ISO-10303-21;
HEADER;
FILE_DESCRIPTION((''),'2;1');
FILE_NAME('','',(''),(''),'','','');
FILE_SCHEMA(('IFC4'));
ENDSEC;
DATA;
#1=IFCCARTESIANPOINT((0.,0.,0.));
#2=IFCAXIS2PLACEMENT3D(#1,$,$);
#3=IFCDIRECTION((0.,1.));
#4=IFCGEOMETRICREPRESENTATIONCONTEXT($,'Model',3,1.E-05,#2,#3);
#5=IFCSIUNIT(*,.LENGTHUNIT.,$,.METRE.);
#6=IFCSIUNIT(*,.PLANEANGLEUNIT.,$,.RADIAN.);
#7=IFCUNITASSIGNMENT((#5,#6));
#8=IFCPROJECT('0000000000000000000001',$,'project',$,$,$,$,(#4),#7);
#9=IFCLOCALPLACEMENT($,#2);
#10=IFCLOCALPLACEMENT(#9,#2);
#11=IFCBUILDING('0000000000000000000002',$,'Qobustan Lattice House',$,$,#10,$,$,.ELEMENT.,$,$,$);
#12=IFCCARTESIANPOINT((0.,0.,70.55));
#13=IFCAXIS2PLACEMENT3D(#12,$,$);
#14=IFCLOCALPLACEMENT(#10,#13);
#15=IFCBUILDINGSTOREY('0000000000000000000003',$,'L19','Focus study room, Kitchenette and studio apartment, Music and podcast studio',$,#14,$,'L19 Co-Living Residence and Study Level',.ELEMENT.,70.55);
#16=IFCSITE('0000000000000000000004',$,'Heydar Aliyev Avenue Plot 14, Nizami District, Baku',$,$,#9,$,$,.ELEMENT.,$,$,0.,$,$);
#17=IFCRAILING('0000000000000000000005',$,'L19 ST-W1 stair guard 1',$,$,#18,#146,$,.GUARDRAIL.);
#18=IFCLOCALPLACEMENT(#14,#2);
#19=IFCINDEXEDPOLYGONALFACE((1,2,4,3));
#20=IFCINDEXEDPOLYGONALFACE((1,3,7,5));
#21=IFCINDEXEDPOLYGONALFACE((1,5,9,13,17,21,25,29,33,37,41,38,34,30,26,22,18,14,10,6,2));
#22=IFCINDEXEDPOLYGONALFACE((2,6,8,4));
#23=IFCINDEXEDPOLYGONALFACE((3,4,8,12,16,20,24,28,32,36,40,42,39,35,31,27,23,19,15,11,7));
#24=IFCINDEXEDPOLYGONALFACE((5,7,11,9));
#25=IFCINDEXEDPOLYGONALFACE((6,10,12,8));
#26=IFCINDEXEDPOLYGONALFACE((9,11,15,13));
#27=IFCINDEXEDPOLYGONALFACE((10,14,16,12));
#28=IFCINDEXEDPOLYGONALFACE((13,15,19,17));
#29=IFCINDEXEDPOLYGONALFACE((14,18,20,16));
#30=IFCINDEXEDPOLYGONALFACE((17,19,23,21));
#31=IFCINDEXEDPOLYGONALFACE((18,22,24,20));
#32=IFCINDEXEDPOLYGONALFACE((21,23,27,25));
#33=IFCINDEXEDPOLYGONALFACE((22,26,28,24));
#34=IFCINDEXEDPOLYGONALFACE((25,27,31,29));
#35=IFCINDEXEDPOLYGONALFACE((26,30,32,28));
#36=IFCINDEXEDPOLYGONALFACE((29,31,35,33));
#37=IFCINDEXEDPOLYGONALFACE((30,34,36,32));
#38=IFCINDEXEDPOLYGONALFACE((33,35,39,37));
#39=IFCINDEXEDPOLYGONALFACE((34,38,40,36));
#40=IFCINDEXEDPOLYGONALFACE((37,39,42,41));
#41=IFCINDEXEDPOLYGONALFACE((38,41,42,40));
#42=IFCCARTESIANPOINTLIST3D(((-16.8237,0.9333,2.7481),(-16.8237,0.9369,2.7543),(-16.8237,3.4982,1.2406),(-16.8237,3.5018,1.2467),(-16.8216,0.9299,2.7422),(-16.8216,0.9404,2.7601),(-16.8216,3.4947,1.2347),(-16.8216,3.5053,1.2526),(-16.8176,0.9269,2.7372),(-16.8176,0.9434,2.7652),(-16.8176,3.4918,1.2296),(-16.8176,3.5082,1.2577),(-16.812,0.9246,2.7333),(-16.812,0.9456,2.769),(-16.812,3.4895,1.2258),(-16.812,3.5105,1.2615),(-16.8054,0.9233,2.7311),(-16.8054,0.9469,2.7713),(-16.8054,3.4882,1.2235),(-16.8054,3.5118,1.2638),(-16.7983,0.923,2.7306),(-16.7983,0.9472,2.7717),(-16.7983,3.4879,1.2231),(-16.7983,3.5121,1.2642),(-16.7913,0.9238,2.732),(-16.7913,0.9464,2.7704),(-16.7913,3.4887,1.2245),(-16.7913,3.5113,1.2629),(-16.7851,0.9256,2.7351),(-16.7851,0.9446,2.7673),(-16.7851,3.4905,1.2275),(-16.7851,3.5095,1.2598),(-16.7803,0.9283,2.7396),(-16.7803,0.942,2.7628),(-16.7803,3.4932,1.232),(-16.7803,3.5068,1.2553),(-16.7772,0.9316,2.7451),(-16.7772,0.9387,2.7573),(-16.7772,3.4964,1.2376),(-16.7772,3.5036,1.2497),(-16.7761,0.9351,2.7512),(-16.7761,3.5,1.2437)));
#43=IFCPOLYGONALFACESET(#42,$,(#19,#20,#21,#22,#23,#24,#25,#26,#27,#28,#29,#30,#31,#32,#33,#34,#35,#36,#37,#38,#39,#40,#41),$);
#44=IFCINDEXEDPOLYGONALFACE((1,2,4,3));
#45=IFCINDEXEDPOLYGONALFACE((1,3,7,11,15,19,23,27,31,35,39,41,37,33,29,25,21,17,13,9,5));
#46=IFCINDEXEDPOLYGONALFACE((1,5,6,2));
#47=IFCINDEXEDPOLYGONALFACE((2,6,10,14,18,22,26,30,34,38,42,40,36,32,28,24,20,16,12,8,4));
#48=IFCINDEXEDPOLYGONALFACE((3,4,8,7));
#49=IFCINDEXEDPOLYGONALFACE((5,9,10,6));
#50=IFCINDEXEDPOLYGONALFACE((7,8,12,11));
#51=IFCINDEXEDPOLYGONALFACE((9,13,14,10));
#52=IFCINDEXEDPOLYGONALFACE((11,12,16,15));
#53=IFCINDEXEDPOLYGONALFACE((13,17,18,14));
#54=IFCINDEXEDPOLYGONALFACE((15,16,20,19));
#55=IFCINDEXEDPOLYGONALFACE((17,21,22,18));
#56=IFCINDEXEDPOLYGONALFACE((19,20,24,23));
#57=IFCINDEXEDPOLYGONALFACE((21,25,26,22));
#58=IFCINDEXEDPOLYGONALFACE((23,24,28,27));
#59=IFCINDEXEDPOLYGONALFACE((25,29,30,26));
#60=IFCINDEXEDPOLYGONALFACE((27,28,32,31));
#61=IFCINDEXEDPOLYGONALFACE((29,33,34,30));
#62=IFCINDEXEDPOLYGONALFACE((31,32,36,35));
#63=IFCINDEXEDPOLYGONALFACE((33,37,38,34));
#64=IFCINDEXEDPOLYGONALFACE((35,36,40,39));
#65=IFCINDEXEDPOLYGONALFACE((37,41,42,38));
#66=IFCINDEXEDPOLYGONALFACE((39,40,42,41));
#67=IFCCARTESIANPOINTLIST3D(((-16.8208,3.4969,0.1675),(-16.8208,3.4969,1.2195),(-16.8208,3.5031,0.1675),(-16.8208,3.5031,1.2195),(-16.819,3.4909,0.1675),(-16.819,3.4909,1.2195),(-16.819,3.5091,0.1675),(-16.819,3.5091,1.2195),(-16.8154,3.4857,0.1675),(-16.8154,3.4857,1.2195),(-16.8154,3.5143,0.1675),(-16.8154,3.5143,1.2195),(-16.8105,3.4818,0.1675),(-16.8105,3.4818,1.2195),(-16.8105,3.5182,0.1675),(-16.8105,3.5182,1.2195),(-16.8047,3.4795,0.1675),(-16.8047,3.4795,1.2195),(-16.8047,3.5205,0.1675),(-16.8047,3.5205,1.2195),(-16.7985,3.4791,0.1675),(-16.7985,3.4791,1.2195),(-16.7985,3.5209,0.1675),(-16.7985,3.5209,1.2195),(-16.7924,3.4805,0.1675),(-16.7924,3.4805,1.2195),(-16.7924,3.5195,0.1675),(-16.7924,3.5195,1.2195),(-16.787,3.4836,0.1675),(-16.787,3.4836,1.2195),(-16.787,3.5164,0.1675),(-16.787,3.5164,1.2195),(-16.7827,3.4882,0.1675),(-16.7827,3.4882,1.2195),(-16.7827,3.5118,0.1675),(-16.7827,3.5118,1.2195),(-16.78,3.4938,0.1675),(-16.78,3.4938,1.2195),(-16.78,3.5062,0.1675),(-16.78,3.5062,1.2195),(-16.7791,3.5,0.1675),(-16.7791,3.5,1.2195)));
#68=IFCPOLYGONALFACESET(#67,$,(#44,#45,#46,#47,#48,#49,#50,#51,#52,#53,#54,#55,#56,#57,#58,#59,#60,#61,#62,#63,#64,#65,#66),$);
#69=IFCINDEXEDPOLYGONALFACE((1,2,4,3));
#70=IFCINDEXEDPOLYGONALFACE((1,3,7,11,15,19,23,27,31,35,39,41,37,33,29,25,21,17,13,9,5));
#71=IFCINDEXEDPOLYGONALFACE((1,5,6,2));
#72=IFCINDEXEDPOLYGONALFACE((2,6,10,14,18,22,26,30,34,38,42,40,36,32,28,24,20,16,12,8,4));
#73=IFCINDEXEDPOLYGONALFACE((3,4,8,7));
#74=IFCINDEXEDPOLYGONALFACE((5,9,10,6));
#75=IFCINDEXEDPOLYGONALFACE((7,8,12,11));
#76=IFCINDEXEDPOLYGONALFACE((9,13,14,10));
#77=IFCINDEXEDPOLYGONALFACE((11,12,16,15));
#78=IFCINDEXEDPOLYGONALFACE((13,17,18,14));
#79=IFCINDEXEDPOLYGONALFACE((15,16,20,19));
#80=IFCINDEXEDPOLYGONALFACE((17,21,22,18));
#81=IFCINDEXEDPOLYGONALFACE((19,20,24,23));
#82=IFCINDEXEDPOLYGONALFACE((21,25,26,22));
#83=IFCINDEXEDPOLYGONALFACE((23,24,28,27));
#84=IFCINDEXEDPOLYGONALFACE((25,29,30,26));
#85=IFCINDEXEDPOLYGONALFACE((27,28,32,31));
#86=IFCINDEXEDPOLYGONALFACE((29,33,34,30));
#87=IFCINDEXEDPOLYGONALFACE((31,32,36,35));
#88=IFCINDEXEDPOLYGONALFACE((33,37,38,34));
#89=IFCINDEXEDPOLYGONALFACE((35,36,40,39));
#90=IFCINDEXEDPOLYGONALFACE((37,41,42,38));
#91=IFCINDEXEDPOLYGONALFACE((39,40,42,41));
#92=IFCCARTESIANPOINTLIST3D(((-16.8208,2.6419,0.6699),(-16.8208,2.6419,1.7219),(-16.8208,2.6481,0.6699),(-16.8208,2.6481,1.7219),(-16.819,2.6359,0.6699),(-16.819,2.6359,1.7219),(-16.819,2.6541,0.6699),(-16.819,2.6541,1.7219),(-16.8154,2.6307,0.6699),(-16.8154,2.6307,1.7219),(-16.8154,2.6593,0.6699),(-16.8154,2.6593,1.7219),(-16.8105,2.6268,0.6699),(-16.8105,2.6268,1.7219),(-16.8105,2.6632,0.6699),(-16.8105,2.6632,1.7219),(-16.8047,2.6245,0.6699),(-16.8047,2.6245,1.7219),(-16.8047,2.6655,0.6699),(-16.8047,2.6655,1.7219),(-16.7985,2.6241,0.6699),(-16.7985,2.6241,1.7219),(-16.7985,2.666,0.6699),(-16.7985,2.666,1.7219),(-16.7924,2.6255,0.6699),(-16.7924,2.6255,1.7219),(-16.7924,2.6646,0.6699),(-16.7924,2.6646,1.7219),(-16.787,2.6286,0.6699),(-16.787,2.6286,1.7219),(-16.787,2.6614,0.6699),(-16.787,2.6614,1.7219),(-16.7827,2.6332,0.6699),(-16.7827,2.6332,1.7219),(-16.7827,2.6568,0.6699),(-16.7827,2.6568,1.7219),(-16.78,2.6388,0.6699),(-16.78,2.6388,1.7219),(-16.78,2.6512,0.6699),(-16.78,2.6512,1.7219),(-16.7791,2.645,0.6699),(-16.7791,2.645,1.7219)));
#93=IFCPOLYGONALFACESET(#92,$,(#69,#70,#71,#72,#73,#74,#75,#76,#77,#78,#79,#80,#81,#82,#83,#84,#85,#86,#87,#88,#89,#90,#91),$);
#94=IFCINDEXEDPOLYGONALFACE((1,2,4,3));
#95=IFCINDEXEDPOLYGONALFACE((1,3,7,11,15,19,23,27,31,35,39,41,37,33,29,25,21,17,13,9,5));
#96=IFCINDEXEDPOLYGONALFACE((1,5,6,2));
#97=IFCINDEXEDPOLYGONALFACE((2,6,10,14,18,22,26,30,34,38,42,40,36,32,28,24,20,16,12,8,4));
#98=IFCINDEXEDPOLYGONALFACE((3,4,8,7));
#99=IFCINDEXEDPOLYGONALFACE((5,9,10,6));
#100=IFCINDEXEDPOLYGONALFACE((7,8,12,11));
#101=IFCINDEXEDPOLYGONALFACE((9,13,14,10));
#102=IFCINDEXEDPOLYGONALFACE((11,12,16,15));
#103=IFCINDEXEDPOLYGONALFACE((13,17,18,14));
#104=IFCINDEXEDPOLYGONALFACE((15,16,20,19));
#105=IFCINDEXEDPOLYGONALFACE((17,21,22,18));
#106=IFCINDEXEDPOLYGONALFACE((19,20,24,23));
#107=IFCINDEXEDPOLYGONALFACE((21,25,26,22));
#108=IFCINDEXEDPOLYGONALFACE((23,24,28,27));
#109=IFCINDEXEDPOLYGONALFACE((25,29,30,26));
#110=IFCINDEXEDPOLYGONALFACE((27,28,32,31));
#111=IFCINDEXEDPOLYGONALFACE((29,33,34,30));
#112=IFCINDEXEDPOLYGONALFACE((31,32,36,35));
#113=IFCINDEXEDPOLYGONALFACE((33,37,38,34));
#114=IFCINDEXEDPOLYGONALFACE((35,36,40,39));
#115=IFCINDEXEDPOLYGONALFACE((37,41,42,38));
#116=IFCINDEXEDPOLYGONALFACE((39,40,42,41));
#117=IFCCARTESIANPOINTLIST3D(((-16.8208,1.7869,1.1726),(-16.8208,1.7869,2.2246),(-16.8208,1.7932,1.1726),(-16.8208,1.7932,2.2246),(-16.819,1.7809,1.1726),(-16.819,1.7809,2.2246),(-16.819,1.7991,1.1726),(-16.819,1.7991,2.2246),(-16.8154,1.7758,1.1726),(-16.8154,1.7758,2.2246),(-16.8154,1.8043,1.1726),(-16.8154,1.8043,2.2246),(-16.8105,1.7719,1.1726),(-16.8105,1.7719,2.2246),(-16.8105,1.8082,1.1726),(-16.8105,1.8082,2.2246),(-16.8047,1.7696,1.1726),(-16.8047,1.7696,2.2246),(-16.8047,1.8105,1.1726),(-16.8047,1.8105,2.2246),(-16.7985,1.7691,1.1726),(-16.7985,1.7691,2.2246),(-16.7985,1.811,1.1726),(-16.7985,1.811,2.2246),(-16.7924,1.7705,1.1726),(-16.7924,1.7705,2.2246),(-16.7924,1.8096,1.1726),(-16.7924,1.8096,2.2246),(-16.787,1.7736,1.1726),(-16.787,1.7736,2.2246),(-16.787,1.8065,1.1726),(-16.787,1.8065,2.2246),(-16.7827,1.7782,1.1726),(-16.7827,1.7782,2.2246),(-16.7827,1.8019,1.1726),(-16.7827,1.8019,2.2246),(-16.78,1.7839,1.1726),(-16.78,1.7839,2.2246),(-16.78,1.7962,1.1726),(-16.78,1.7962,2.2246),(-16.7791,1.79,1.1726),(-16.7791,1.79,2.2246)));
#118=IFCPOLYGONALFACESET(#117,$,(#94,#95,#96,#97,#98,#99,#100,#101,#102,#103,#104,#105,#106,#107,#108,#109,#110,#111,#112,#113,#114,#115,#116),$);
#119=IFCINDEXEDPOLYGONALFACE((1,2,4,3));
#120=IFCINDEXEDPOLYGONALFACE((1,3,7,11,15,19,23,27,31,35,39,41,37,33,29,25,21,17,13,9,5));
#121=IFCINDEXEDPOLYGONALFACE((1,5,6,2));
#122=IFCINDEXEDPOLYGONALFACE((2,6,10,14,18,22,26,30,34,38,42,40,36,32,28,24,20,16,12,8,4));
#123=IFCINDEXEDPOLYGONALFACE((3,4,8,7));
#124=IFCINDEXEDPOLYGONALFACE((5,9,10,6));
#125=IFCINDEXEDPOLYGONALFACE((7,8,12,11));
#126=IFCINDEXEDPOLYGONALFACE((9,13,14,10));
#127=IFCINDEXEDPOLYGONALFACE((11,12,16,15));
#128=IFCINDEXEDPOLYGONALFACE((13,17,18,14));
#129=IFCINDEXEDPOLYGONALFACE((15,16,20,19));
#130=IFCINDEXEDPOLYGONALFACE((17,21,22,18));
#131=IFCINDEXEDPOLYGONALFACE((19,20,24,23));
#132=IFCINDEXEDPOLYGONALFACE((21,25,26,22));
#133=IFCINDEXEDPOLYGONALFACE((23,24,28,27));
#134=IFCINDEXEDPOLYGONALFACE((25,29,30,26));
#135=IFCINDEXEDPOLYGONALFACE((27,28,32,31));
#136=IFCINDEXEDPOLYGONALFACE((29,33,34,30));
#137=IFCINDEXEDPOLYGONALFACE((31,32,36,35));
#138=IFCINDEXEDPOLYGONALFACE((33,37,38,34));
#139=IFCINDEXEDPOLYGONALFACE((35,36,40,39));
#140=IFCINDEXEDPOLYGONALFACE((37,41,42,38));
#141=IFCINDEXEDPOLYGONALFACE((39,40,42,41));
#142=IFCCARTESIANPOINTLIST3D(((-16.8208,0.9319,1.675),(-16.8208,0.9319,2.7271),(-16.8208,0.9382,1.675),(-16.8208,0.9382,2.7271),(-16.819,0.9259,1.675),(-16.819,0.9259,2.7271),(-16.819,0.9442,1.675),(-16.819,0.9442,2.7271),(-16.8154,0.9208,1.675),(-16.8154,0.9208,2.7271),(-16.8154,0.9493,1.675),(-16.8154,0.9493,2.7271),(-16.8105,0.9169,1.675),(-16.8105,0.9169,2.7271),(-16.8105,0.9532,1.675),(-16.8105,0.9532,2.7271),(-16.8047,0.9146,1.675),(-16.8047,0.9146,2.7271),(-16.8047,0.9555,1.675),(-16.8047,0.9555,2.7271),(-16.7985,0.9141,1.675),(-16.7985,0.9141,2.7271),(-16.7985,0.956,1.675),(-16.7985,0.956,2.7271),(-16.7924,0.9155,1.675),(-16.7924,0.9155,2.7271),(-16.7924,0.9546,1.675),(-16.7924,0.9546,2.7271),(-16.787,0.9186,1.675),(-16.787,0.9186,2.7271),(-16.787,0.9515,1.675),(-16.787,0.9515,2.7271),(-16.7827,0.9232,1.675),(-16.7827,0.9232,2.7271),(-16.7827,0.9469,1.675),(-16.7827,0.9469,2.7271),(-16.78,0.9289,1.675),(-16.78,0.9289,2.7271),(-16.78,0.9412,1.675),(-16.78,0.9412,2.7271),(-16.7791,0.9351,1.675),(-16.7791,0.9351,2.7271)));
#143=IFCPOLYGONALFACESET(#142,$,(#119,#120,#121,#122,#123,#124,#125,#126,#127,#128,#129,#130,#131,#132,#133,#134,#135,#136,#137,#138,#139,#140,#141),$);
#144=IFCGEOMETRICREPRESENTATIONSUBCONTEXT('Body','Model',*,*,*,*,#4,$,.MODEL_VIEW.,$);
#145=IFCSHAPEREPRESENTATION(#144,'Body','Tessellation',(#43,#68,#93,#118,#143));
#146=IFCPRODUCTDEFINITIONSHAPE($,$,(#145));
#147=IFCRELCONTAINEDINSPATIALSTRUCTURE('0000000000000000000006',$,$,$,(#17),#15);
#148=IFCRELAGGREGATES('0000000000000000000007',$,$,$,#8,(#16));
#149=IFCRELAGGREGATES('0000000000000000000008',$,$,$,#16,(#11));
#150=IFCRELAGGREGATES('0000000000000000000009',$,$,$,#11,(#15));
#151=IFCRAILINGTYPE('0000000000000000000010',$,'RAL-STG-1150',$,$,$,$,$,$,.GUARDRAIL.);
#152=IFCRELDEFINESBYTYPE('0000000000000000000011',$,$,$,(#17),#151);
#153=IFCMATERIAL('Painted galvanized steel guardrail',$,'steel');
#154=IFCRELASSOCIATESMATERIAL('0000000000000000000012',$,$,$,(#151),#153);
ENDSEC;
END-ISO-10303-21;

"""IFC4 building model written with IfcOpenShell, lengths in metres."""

from ifc_helpers import new_model, si_unit, direction, frame, origin, origin_2d, place, context, subcontext, project, spatial, circle, extrude, material, type_object, element, save


model = new_model("IFC4")

# Units and contexts
model_context = context("Model", 3, precision=1e-05, world=origin(), true_north=direction((0.0, 1.0)))
body_context = subcontext(model_context, "Body", "Model", "MODEL_VIEW")
ifc_project = project(units=[si_unit("LENGTHUNIT", "METRE"), si_unit("PLANEANGLEUNIT", "RADIAN")], contexts=[model_context])

# Site, building, storey
site_placement = place(None, origin())
site = spatial("IfcSite", under=ifc_project, at=site_placement, Name="Heydar Aliyev Avenue Plot 14, Nizami District, Baku", CompositionType="ELEMENT", RefElevation=0.0)
building_placement = place(site_placement, origin())
building = spatial("IfcBuilding", under=site, at=building_placement, Name="Qobustan Lattice House", CompositionType="ELEMENT")
storey_placement = place(building_placement, frame((0.0, 0.0, 70.55)))
storey = spatial("IfcBuildingStorey", under=building, at=storey_placement, Name="L19", Description="Focus study room, Kitchenette and studio apartment, Music and podcast studio", LongName="L19 Co-Living Residence and Study Level", CompositionType="ELEMENT", Elevation=70.55)

# Railing
ifc_material_1 = material(Name="Painted galvanized steel guardrail", Category="steel")
railing_type_1 = type_object("IfcRailingType", Name="RAL-STG-1150", PredefinedType="GUARDRAIL", material=ifc_material_1)
railing_1_placement = place(storey_placement, frame((-16.8, 3.5, 0.1675)))
element("IfcRailing", 1, at=railing_1_placement, inside=storey, type_object=railing_type_1, Name="L19 ST-W1 stair guard 1", PredefinedType="GUARDRAIL", context=body_context, shape_type="SweptSolid", body=[
    extrude(circle(Radius=0.0239, at=origin_2d()), frame((0.0, 0.0, 1.0762), z_axis=(0.0, -0.862113, 0.506715), x_axis=(1.0, 0.0, 0.0)), (0.0, 0.0, 1.0), 2.9751),
    extrude(circle(Radius=0.021, at=origin_2d()), origin(), (0.0, 0.0, 1.0), 1.052),
    extrude(circle(Radius=0.021, at=origin_2d()), frame((0.0, -0.855, 0.5024)), (0.0, 0.0, 1.0), 1.052),
    extrude(circle(Radius=0.021, at=origin_2d()), frame((0.0, -1.71, 1.0051)), (0.0, 0.0, 1.0), 1.052),
    extrude(circle(Radius=0.021, at=origin_2d()), frame((0.0, -2.5649, 1.5076)), (0.0, 0.0, 1.0), 1.052),
])

save(model, "model.ifc")
